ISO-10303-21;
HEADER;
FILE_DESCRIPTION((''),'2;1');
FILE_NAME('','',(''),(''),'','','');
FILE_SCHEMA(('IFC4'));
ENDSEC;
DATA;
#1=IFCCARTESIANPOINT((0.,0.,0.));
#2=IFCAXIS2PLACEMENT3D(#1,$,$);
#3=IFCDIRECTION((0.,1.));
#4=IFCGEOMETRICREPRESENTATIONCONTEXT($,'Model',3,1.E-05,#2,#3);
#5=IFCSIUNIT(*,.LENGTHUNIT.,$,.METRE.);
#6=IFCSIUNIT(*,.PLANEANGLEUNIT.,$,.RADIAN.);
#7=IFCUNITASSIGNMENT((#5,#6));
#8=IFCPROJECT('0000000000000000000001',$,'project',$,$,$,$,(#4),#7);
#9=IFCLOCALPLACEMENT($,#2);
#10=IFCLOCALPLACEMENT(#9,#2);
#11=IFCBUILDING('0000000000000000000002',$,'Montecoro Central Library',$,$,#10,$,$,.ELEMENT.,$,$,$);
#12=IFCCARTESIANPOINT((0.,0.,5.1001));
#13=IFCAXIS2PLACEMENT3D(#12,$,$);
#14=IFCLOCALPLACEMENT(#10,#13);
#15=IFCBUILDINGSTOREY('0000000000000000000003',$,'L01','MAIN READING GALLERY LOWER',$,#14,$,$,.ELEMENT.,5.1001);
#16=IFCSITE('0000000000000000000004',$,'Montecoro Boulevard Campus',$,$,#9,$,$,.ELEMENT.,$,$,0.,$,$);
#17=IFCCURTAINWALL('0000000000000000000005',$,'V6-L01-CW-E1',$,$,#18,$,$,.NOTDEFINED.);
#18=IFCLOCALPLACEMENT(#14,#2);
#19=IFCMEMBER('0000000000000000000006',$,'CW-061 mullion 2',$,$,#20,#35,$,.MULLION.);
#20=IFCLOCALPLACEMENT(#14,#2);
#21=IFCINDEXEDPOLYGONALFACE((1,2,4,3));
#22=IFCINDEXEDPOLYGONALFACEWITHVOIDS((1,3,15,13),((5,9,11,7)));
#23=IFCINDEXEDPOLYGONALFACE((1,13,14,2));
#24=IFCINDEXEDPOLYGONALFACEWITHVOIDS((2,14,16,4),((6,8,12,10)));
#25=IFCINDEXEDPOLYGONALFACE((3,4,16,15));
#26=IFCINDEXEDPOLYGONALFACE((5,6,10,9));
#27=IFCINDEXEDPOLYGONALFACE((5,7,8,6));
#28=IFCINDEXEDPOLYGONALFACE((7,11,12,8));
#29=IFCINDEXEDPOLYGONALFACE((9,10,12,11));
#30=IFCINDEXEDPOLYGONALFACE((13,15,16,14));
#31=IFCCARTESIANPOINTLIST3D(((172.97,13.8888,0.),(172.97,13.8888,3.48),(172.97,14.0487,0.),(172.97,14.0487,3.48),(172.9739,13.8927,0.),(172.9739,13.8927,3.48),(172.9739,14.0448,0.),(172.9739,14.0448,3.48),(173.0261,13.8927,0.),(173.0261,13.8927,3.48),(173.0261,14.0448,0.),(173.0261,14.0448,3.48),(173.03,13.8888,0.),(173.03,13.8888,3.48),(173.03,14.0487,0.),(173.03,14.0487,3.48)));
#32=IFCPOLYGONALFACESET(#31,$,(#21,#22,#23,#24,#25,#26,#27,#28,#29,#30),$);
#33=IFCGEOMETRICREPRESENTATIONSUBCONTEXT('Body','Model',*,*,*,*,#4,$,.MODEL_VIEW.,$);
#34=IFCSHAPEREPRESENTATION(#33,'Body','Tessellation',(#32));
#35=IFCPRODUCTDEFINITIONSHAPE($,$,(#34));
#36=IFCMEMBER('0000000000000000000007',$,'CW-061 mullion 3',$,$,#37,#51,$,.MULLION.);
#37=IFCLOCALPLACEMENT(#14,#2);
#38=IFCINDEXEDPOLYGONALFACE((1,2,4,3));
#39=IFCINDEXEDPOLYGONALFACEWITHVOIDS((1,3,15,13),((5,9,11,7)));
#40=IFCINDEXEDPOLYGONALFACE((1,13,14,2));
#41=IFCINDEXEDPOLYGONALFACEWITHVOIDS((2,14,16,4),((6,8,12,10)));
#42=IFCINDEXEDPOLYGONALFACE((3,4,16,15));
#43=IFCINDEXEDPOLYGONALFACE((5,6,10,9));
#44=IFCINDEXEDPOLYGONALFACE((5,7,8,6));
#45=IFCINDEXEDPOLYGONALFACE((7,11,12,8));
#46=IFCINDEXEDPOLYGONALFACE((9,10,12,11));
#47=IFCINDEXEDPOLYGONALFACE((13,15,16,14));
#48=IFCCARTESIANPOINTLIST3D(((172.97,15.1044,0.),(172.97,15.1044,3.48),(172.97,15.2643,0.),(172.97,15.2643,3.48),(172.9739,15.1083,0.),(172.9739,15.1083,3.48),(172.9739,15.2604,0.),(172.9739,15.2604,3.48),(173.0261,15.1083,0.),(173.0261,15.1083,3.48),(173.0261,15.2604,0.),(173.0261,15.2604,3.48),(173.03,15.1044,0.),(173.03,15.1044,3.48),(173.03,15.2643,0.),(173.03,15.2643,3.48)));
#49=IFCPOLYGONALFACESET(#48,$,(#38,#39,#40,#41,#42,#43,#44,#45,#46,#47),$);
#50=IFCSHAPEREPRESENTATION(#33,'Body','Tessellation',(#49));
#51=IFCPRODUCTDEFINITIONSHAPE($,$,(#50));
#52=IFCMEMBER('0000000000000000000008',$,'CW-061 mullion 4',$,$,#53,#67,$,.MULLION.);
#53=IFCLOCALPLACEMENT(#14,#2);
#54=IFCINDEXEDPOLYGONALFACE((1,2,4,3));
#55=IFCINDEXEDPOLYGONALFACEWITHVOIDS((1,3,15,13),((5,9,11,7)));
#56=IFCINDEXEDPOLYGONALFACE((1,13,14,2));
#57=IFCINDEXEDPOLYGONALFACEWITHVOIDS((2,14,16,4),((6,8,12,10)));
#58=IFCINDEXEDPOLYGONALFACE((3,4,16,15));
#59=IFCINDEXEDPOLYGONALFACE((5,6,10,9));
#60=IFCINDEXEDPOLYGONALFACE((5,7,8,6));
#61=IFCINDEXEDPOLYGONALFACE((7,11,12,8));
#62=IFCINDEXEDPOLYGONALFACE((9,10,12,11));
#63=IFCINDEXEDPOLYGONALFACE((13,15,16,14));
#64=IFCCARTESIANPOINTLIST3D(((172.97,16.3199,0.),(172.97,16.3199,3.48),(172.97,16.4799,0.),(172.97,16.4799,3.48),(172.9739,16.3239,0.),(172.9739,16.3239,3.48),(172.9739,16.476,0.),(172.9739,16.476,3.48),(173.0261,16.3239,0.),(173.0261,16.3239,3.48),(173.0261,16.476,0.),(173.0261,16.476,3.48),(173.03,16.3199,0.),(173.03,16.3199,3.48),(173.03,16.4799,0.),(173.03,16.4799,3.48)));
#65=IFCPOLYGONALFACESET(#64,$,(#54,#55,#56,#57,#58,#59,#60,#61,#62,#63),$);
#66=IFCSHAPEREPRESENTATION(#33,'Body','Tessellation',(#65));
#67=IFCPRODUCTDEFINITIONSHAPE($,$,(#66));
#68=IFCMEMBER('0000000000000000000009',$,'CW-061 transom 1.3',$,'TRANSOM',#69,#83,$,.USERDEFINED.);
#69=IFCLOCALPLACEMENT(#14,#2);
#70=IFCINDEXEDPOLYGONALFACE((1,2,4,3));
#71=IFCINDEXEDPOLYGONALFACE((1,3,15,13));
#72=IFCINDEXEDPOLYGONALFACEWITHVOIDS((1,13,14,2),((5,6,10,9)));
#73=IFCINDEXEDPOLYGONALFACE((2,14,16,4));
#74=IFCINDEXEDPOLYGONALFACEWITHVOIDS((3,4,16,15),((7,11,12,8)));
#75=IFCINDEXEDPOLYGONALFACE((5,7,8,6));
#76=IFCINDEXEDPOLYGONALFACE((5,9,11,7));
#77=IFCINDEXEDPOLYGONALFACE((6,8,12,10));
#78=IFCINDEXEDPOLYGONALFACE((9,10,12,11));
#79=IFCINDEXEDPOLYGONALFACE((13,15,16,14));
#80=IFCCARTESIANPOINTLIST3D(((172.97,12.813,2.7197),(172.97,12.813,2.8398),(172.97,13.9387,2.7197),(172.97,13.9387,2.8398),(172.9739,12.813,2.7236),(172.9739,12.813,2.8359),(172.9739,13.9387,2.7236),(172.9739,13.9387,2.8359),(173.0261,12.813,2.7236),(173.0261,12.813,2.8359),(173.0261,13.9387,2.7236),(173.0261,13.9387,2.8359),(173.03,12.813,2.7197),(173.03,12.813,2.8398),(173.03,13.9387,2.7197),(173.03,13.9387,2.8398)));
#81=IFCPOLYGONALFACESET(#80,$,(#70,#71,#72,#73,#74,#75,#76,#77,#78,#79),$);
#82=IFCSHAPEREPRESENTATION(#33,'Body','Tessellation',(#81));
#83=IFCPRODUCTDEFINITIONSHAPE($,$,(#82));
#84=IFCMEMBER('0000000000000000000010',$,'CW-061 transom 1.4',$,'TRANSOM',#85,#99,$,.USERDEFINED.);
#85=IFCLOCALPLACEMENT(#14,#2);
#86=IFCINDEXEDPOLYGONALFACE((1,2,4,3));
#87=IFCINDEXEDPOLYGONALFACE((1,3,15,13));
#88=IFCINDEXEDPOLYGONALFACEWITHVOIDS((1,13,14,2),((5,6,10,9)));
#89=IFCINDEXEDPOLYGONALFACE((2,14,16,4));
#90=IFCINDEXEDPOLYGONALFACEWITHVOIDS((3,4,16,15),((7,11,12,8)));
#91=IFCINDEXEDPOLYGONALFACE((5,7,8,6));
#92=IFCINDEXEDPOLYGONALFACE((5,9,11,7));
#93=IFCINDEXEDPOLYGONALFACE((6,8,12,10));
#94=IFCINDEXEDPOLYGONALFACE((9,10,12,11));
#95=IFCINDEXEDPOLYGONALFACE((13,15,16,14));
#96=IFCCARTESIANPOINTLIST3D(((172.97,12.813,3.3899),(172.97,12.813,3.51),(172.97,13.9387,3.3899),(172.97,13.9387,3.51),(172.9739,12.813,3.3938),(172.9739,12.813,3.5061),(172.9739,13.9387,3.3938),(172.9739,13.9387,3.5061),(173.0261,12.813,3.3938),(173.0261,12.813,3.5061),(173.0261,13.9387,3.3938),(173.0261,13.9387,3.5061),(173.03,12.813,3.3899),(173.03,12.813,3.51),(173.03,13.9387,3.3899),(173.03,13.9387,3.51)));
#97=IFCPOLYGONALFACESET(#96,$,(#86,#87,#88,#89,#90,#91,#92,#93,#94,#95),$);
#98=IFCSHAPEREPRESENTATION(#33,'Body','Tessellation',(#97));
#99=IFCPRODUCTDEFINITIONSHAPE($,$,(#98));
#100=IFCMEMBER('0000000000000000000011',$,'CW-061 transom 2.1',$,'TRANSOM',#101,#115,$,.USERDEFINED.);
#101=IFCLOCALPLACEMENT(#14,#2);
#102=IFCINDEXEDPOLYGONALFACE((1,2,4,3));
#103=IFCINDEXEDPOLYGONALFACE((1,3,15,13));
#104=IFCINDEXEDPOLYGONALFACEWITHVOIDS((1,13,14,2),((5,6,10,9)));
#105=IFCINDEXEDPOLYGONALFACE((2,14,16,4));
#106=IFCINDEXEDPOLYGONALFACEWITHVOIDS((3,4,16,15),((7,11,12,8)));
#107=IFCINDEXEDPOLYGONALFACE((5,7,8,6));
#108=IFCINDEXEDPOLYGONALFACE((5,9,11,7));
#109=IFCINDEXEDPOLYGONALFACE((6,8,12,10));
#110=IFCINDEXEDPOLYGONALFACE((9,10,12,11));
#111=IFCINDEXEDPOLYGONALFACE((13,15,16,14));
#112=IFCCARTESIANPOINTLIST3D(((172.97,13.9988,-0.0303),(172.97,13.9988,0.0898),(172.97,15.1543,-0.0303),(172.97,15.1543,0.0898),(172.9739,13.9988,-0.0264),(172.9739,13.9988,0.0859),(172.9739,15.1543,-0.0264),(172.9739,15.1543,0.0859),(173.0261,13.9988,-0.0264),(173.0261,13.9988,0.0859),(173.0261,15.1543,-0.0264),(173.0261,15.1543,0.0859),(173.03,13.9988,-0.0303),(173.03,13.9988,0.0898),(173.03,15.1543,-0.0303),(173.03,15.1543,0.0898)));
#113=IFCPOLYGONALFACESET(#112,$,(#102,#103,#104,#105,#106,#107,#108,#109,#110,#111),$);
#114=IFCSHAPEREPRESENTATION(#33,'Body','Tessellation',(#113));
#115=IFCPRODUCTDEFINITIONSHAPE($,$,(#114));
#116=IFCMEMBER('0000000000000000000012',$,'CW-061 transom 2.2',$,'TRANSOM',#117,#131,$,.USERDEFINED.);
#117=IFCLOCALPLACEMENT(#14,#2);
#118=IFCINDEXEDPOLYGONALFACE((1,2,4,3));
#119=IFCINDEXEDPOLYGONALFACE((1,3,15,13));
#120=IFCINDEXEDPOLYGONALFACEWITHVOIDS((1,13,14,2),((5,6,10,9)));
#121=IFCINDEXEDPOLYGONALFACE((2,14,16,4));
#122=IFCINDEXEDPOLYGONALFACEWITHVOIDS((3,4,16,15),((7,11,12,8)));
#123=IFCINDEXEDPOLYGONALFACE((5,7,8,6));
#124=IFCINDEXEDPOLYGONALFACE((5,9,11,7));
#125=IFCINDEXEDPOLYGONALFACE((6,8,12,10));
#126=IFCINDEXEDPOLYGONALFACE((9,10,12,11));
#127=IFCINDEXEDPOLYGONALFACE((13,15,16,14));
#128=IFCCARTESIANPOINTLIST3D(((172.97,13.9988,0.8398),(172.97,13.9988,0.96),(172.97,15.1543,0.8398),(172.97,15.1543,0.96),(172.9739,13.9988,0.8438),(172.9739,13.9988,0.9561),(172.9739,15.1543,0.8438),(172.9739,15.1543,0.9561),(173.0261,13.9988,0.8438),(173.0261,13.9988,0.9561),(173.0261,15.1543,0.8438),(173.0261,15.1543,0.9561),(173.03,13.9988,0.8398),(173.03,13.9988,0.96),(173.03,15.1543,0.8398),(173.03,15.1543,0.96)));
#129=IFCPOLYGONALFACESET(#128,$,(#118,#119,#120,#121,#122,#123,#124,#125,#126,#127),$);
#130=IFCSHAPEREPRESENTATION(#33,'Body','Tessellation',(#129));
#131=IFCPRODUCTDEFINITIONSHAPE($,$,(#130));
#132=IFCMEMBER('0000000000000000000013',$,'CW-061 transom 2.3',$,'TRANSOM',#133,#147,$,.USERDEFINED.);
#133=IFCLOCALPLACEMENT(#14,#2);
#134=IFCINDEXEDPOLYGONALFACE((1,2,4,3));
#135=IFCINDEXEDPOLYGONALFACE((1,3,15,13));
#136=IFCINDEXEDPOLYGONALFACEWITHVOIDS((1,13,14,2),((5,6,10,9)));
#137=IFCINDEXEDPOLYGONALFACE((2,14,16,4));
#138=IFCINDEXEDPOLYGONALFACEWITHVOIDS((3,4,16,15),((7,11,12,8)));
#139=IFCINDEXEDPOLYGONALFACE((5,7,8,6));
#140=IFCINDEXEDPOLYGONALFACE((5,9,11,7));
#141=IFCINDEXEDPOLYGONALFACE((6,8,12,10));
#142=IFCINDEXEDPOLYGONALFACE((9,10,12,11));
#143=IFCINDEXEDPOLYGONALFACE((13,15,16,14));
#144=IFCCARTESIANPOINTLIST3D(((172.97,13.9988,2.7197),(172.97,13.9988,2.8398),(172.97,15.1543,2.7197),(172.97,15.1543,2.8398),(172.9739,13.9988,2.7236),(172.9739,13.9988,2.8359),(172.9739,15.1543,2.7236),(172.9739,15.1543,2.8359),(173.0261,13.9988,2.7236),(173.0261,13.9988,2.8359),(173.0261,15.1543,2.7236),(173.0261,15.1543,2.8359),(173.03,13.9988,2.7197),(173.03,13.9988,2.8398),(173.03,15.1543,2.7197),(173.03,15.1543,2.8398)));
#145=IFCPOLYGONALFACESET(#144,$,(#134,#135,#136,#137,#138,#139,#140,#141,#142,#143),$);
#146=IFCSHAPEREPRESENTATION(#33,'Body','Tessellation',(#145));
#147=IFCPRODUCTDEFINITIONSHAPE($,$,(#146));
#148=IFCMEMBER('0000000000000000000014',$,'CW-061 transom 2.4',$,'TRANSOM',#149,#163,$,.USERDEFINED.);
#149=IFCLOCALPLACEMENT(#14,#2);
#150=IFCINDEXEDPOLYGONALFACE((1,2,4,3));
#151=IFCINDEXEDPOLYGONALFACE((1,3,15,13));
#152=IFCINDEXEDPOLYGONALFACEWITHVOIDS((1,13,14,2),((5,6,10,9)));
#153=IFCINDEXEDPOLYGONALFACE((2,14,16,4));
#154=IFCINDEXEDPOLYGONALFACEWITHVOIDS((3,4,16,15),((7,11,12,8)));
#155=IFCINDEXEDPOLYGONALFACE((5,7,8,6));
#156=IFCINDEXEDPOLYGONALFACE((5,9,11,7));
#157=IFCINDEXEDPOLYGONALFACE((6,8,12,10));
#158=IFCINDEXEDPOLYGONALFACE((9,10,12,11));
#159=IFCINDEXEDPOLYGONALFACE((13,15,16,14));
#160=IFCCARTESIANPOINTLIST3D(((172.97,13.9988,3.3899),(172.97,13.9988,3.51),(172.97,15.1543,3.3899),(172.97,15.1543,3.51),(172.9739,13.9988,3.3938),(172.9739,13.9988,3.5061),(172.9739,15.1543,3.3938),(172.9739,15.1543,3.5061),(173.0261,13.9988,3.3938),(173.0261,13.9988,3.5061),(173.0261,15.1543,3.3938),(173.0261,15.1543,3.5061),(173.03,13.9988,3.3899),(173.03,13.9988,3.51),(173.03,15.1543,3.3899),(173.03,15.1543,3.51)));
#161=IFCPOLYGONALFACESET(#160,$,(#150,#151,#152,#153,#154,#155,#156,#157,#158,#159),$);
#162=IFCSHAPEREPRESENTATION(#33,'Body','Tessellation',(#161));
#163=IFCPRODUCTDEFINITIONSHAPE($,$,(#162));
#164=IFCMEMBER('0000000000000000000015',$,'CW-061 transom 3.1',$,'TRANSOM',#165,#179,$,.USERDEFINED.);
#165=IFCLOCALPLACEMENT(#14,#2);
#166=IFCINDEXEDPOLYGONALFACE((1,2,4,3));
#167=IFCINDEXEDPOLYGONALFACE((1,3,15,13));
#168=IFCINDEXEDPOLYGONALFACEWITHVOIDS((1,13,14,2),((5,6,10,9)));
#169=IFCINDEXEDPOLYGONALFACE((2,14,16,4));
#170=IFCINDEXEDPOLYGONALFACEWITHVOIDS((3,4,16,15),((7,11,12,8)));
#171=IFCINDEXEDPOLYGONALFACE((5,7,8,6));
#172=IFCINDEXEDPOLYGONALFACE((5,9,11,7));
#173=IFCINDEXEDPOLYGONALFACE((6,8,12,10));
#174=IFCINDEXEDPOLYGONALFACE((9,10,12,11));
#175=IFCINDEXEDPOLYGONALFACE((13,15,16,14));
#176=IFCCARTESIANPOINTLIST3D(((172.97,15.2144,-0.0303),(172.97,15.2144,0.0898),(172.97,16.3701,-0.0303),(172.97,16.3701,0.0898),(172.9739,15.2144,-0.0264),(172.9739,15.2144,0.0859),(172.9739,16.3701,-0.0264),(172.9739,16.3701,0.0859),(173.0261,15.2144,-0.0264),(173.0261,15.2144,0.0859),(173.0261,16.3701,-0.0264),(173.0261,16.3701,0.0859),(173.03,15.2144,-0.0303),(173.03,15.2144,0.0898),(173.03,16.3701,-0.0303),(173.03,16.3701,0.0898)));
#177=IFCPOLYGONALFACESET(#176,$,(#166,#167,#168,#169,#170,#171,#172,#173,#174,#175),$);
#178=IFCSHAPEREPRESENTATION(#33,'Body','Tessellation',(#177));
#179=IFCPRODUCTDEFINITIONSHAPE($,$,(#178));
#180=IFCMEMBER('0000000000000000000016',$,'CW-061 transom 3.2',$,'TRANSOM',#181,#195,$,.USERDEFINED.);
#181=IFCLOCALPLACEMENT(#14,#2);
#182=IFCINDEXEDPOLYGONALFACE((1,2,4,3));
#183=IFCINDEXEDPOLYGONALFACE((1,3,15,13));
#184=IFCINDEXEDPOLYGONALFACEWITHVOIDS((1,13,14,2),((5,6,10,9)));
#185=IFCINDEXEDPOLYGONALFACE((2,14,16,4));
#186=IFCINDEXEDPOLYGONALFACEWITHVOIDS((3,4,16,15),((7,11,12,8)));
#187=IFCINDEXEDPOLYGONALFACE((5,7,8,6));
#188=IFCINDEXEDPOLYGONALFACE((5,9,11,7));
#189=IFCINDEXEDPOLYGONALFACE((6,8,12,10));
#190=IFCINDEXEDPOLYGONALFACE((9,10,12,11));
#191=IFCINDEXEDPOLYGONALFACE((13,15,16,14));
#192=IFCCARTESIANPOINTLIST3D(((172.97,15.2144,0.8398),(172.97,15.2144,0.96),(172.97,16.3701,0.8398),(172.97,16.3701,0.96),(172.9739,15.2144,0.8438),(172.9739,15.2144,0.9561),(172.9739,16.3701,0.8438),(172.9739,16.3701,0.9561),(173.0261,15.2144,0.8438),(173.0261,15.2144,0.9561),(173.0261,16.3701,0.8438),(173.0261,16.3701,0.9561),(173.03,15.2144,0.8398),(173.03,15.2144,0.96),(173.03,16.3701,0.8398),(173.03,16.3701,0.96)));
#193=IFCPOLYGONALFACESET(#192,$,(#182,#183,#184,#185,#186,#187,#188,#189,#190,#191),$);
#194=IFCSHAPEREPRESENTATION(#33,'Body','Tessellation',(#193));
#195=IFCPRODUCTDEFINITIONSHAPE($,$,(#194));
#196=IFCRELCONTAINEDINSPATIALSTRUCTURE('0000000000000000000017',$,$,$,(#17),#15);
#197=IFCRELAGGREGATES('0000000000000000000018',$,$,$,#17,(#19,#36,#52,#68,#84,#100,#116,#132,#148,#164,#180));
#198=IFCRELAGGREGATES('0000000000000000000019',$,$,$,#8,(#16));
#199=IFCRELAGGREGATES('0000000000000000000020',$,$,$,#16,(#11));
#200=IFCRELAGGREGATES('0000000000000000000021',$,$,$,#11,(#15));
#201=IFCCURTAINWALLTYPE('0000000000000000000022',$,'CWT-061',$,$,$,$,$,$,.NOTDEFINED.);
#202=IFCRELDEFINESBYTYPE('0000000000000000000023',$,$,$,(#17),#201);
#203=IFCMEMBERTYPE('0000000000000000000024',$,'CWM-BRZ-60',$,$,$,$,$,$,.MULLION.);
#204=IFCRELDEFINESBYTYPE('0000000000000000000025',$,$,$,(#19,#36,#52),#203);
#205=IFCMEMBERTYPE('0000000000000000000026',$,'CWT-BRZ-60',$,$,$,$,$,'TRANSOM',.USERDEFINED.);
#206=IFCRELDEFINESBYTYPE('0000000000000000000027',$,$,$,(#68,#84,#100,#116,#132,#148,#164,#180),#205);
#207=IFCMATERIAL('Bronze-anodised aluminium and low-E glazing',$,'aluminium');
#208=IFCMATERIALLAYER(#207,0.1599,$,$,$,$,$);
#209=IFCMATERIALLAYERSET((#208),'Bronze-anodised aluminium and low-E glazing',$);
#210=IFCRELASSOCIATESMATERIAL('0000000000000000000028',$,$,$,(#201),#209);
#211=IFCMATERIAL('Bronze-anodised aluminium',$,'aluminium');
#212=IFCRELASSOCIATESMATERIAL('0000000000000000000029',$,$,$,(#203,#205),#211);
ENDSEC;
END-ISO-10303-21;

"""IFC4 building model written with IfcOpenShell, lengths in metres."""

from ifc_helpers import new_model, si_unit, direction, frame, origin, origin_2d, place, context, subcontext, project, spatial, hollow_rectangle, extrude, material, layer, layer_set, material_profile, profile_set, type_object, element, aggregate, save


model = new_model("IFC4")

# Units and contexts
model_context = context("Model", 3, precision=1e-05, world=origin(), true_north=direction((0.0, 1.0)))
body_context = subcontext(model_context, "Body", "Model", "MODEL_VIEW")
ifc_project = project(units=[si_unit("LENGTHUNIT", "METRE"), si_unit("PLANEANGLEUNIT", "RADIAN")], contexts=[model_context])

# Site, building, storey
site_placement = place(None, origin())
site = spatial("IfcSite", under=ifc_project, at=site_placement, Name="Montecoro Boulevard Campus", CompositionType="ELEMENT", RefElevation=0.0)
building_placement = place(site_placement, origin())
building = spatial("IfcBuilding", under=site, at=building_placement, Name="Montecoro Central Library", CompositionType="ELEMENT")
storey_placement = place(building_placement, frame((0.0, 0.0, 5.1001)))
storey = spatial("IfcBuildingStorey", under=building, at=storey_placement, Name="L01", Description="MAIN READING GALLERY LOWER", CompositionType="ELEMENT", Elevation=5.1001)

# Curtain wall, members
ifc_material_1 = material(Name="Bronze-anodised aluminium and low-E glazing", Category="aluminium")
ifc_layer_1 = layer(ifc_material_1, 0.1599)
ifc_layer_set_1 = layer_set([ifc_layer_1], Name="Bronze-anodised aluminium and low-E glazing")
curtain_wall_type = type_object("IfcCurtainWallType", Name="CWT-061", PredefinedType="NOTDEFINED", material=ifc_layer_set_1)
curtain_wall_placement = place(storey_placement, origin())
curtain_wall = element("IfcCurtainWall", 1, at=curtain_wall_placement, inside=storey, type_object=curtain_wall_type, Name="V6-L01-CW-E1", PredefinedType="NOTDEFINED")
ifc_material_2 = material(Name="Bronze-anodised aluminium", Category="aluminium")
ifc_material_profile_1 = material_profile(ifc_material_2, hollow_rectangle(XDim=0.0601, YDim=0.1599, WallThickness=0.0039, at=origin_2d()), Name="CWM 160x60x4.0")
ifc_profile_set_1 = profile_set([ifc_material_profile_1], Name="Bronze-anodised aluminium")
member_type_1 = type_object("IfcMemberType", Name="CWM-BRZ-60", PredefinedType="MULLION", material=ifc_profile_set_1)
member_1_placement = place(storey_placement, frame((173.0, 13.9688, 0.0), z_axis=(0.0, 0.0, 1.0), x_axis=(-1.0, 0.0, 0.0)))
member_1 = element("IfcMember", 2, at=member_1_placement, type_object=member_type_1, Name="CW-061 mullion 2", PredefinedType="MULLION", context=body_context, shape_type="SweptSolid", body=[
    extrude(hollow_rectangle(XDim=0.0601, YDim=0.1599, WallThickness=0.0039, at=origin_2d()), origin(), (0.0, 0.0, 1.0), 3.48),
])
member_2_placement = place(storey_placement, frame((173.0, 15.1843, 0.0), z_axis=(0.0, 0.0, 1.0), x_axis=(-1.0, 0.0, 0.0)))
member_2 = element("IfcMember", 3, at=member_2_placement, type_object=member_type_1, Name="CW-061 mullion 3", PredefinedType="MULLION", context=body_context, shape_type="SweptSolid", body=[
    extrude(hollow_rectangle(XDim=0.0601, YDim=0.1599, WallThickness=0.0039, at=origin_2d()), origin(), (0.0, 0.0, 1.0), 3.48),
])
member_3_placement = place(storey_placement, frame((173.0, 16.3999, 0.0), z_axis=(0.0, 0.0, 1.0), x_axis=(-1.0, 0.0, 0.0)))
member_3 = element("IfcMember", 4, at=member_3_placement, type_object=member_type_1, Name="CW-061 mullion 4", PredefinedType="MULLION", context=body_context, shape_type="SweptSolid", body=[
    extrude(hollow_rectangle(XDim=0.0601, YDim=0.1599, WallThickness=0.0039, at=origin_2d()), origin(), (0.0, 0.0, 1.0), 3.48),
])
ifc_material_profile_2 = material_profile(ifc_material_2, hollow_rectangle(XDim=0.0601, YDim=0.1201, WallThickness=0.0039, at=origin_2d()), Name="CWT 120x60x4.0")
ifc_profile_set_2 = profile_set([ifc_material_profile_2], Name="Bronze-anodised aluminium")
member_type_2 = type_object("IfcMemberType", Name="CWT-BRZ-60", ElementType="TRANSOM", PredefinedType="USERDEFINED", material=ifc_profile_set_2)
member_4_placement = place(storey_placement, frame((173.0, 12.813, 2.7798), z_axis=(0.0, 1.0, 0.0), x_axis=(-1.0, 0.0, 0.0)))
member_4 = element("IfcMember", 5, at=member_4_placement, type_object=member_type_2, Name="CW-061 transom 1.3", ObjectType="TRANSOM", PredefinedType="USERDEFINED", context=body_context, shape_type="SweptSolid", body=[
    extrude(hollow_rectangle(XDim=0.0601, YDim=0.1201, WallThickness=0.0039, at=origin_2d()), origin(), (0.0, 0.0, 1.0), 1.1257),
])
member_5_placement = place(storey_placement, frame((173.0, 12.813, 3.45), z_axis=(0.0, 1.0, 0.0), x_axis=(-1.0, 0.0, 0.0)))
member_5 = element("IfcMember", 6, at=member_5_placement, type_object=member_type_2, Name="CW-061 transom 1.4", ObjectType="TRANSOM", PredefinedType="USERDEFINED", context=body_context, shape_type="SweptSolid", body=[
    extrude(hollow_rectangle(XDim=0.0601, YDim=0.1201, WallThickness=0.0039, at=origin_2d()), origin(), (0.0, 0.0, 1.0), 1.1257),
])
member_6_placement = place(storey_placement, frame((173.0, 13.9988, 0.0298), z_axis=(0.0, 1.0, 0.0), x_axis=(-1.0, 0.0, 0.0)))
member_6 = element("IfcMember", 7, at=member_6_placement, type_object=member_type_2, Name="CW-061 transom 2.1", ObjectType="TRANSOM", PredefinedType="USERDEFINED", context=body_context, shape_type="SweptSolid", body=[
    extrude(hollow_rectangle(XDim=0.0601, YDim=0.1201, WallThickness=0.0039, at=origin_2d()), origin(), (0.0, 0.0, 1.0), 1.1555),
])
member_7_placement = place(storey_placement, frame((173.0, 13.9988, 0.8999), z_axis=(0.0, 1.0, 0.0), x_axis=(-1.0, 0.0, 0.0)))
member_7 = element("IfcMember", 8, at=member_7_placement, type_object=member_type_2, Name="CW-061 transom 2.2", ObjectType="TRANSOM", PredefinedType="USERDEFINED", context=body_context, shape_type="SweptSolid", body=[
    extrude(hollow_rectangle(XDim=0.0601, YDim=0.1201, WallThickness=0.0039, at=origin_2d()), origin(), (0.0, 0.0, 1.0), 1.1555),
])
member_8_placement = place(storey_placement, frame((173.0, 13.9988, 2.7798), z_axis=(0.0, 1.0, 0.0), x_axis=(-1.0, 0.0, 0.0)))
member_8 = element("IfcMember", 9, at=member_8_placement, type_object=member_type_2, Name="CW-061 transom 2.3", ObjectType="TRANSOM", PredefinedType="USERDEFINED", context=body_context, shape_type="SweptSolid", body=[
    extrude(hollow_rectangle(XDim=0.0601, YDim=0.1201, WallThickness=0.0039, at=origin_2d()), origin(), (0.0, 0.0, 1.0), 1.1555),
])
member_9_placement = place(storey_placement, frame((173.0, 13.9988, 3.45), z_axis=(0.0, 1.0, 0.0), x_axis=(-1.0, 0.0, 0.0)))
member_9 = element("IfcMember", 10, at=member_9_placement, type_object=member_type_2, Name="CW-061 transom 2.4", ObjectType="TRANSOM", PredefinedType="USERDEFINED", context=body_context, shape_type="SweptSolid", body=[
    extrude(hollow_rectangle(XDim=0.0601, YDim=0.1201, WallThickness=0.0039, at=origin_2d()), origin(), (0.0, 0.0, 1.0), 1.1555),
])
member_10_placement = place(storey_placement, frame((173.0, 15.2144, 0.0298), z_axis=(0.0, 1.0, 0.0), x_axis=(-1.0, 0.0, 0.0)))
member_10 = element("IfcMember", 11, at=member_10_placement, type_object=member_type_2, Name="CW-061 transom 3.1", ObjectType="TRANSOM", PredefinedType="USERDEFINED", context=body_context, shape_type="SweptSolid", body=[
    extrude(hollow_rectangle(XDim=0.0601, YDim=0.1201, WallThickness=0.0039, at=origin_2d()), origin(), (0.0, 0.0, 1.0), 1.1558),
])
member_11_placement = place(storey_placement, frame((173.0, 15.2144, 0.8999), z_axis=(0.0, 1.0, 0.0), x_axis=(-1.0, 0.0, 0.0)))
member_11 = element("IfcMember", 12, at=member_11_placement, type_object=member_type_2, Name="CW-061 transom 3.2", ObjectType="TRANSOM", PredefinedType="USERDEFINED", context=body_context, shape_type="SweptSolid", body=[
    extrude(hollow_rectangle(XDim=0.0601, YDim=0.1201, WallThickness=0.0039, at=origin_2d()), origin(), (0.0, 0.0, 1.0), 1.1558),
])
aggregate(curtain_wall, [member_1, member_2, member_3, member_4, member_5, member_6, member_7, member_8, member_9, member_10, member_11])

save(model, "model.ifc")
